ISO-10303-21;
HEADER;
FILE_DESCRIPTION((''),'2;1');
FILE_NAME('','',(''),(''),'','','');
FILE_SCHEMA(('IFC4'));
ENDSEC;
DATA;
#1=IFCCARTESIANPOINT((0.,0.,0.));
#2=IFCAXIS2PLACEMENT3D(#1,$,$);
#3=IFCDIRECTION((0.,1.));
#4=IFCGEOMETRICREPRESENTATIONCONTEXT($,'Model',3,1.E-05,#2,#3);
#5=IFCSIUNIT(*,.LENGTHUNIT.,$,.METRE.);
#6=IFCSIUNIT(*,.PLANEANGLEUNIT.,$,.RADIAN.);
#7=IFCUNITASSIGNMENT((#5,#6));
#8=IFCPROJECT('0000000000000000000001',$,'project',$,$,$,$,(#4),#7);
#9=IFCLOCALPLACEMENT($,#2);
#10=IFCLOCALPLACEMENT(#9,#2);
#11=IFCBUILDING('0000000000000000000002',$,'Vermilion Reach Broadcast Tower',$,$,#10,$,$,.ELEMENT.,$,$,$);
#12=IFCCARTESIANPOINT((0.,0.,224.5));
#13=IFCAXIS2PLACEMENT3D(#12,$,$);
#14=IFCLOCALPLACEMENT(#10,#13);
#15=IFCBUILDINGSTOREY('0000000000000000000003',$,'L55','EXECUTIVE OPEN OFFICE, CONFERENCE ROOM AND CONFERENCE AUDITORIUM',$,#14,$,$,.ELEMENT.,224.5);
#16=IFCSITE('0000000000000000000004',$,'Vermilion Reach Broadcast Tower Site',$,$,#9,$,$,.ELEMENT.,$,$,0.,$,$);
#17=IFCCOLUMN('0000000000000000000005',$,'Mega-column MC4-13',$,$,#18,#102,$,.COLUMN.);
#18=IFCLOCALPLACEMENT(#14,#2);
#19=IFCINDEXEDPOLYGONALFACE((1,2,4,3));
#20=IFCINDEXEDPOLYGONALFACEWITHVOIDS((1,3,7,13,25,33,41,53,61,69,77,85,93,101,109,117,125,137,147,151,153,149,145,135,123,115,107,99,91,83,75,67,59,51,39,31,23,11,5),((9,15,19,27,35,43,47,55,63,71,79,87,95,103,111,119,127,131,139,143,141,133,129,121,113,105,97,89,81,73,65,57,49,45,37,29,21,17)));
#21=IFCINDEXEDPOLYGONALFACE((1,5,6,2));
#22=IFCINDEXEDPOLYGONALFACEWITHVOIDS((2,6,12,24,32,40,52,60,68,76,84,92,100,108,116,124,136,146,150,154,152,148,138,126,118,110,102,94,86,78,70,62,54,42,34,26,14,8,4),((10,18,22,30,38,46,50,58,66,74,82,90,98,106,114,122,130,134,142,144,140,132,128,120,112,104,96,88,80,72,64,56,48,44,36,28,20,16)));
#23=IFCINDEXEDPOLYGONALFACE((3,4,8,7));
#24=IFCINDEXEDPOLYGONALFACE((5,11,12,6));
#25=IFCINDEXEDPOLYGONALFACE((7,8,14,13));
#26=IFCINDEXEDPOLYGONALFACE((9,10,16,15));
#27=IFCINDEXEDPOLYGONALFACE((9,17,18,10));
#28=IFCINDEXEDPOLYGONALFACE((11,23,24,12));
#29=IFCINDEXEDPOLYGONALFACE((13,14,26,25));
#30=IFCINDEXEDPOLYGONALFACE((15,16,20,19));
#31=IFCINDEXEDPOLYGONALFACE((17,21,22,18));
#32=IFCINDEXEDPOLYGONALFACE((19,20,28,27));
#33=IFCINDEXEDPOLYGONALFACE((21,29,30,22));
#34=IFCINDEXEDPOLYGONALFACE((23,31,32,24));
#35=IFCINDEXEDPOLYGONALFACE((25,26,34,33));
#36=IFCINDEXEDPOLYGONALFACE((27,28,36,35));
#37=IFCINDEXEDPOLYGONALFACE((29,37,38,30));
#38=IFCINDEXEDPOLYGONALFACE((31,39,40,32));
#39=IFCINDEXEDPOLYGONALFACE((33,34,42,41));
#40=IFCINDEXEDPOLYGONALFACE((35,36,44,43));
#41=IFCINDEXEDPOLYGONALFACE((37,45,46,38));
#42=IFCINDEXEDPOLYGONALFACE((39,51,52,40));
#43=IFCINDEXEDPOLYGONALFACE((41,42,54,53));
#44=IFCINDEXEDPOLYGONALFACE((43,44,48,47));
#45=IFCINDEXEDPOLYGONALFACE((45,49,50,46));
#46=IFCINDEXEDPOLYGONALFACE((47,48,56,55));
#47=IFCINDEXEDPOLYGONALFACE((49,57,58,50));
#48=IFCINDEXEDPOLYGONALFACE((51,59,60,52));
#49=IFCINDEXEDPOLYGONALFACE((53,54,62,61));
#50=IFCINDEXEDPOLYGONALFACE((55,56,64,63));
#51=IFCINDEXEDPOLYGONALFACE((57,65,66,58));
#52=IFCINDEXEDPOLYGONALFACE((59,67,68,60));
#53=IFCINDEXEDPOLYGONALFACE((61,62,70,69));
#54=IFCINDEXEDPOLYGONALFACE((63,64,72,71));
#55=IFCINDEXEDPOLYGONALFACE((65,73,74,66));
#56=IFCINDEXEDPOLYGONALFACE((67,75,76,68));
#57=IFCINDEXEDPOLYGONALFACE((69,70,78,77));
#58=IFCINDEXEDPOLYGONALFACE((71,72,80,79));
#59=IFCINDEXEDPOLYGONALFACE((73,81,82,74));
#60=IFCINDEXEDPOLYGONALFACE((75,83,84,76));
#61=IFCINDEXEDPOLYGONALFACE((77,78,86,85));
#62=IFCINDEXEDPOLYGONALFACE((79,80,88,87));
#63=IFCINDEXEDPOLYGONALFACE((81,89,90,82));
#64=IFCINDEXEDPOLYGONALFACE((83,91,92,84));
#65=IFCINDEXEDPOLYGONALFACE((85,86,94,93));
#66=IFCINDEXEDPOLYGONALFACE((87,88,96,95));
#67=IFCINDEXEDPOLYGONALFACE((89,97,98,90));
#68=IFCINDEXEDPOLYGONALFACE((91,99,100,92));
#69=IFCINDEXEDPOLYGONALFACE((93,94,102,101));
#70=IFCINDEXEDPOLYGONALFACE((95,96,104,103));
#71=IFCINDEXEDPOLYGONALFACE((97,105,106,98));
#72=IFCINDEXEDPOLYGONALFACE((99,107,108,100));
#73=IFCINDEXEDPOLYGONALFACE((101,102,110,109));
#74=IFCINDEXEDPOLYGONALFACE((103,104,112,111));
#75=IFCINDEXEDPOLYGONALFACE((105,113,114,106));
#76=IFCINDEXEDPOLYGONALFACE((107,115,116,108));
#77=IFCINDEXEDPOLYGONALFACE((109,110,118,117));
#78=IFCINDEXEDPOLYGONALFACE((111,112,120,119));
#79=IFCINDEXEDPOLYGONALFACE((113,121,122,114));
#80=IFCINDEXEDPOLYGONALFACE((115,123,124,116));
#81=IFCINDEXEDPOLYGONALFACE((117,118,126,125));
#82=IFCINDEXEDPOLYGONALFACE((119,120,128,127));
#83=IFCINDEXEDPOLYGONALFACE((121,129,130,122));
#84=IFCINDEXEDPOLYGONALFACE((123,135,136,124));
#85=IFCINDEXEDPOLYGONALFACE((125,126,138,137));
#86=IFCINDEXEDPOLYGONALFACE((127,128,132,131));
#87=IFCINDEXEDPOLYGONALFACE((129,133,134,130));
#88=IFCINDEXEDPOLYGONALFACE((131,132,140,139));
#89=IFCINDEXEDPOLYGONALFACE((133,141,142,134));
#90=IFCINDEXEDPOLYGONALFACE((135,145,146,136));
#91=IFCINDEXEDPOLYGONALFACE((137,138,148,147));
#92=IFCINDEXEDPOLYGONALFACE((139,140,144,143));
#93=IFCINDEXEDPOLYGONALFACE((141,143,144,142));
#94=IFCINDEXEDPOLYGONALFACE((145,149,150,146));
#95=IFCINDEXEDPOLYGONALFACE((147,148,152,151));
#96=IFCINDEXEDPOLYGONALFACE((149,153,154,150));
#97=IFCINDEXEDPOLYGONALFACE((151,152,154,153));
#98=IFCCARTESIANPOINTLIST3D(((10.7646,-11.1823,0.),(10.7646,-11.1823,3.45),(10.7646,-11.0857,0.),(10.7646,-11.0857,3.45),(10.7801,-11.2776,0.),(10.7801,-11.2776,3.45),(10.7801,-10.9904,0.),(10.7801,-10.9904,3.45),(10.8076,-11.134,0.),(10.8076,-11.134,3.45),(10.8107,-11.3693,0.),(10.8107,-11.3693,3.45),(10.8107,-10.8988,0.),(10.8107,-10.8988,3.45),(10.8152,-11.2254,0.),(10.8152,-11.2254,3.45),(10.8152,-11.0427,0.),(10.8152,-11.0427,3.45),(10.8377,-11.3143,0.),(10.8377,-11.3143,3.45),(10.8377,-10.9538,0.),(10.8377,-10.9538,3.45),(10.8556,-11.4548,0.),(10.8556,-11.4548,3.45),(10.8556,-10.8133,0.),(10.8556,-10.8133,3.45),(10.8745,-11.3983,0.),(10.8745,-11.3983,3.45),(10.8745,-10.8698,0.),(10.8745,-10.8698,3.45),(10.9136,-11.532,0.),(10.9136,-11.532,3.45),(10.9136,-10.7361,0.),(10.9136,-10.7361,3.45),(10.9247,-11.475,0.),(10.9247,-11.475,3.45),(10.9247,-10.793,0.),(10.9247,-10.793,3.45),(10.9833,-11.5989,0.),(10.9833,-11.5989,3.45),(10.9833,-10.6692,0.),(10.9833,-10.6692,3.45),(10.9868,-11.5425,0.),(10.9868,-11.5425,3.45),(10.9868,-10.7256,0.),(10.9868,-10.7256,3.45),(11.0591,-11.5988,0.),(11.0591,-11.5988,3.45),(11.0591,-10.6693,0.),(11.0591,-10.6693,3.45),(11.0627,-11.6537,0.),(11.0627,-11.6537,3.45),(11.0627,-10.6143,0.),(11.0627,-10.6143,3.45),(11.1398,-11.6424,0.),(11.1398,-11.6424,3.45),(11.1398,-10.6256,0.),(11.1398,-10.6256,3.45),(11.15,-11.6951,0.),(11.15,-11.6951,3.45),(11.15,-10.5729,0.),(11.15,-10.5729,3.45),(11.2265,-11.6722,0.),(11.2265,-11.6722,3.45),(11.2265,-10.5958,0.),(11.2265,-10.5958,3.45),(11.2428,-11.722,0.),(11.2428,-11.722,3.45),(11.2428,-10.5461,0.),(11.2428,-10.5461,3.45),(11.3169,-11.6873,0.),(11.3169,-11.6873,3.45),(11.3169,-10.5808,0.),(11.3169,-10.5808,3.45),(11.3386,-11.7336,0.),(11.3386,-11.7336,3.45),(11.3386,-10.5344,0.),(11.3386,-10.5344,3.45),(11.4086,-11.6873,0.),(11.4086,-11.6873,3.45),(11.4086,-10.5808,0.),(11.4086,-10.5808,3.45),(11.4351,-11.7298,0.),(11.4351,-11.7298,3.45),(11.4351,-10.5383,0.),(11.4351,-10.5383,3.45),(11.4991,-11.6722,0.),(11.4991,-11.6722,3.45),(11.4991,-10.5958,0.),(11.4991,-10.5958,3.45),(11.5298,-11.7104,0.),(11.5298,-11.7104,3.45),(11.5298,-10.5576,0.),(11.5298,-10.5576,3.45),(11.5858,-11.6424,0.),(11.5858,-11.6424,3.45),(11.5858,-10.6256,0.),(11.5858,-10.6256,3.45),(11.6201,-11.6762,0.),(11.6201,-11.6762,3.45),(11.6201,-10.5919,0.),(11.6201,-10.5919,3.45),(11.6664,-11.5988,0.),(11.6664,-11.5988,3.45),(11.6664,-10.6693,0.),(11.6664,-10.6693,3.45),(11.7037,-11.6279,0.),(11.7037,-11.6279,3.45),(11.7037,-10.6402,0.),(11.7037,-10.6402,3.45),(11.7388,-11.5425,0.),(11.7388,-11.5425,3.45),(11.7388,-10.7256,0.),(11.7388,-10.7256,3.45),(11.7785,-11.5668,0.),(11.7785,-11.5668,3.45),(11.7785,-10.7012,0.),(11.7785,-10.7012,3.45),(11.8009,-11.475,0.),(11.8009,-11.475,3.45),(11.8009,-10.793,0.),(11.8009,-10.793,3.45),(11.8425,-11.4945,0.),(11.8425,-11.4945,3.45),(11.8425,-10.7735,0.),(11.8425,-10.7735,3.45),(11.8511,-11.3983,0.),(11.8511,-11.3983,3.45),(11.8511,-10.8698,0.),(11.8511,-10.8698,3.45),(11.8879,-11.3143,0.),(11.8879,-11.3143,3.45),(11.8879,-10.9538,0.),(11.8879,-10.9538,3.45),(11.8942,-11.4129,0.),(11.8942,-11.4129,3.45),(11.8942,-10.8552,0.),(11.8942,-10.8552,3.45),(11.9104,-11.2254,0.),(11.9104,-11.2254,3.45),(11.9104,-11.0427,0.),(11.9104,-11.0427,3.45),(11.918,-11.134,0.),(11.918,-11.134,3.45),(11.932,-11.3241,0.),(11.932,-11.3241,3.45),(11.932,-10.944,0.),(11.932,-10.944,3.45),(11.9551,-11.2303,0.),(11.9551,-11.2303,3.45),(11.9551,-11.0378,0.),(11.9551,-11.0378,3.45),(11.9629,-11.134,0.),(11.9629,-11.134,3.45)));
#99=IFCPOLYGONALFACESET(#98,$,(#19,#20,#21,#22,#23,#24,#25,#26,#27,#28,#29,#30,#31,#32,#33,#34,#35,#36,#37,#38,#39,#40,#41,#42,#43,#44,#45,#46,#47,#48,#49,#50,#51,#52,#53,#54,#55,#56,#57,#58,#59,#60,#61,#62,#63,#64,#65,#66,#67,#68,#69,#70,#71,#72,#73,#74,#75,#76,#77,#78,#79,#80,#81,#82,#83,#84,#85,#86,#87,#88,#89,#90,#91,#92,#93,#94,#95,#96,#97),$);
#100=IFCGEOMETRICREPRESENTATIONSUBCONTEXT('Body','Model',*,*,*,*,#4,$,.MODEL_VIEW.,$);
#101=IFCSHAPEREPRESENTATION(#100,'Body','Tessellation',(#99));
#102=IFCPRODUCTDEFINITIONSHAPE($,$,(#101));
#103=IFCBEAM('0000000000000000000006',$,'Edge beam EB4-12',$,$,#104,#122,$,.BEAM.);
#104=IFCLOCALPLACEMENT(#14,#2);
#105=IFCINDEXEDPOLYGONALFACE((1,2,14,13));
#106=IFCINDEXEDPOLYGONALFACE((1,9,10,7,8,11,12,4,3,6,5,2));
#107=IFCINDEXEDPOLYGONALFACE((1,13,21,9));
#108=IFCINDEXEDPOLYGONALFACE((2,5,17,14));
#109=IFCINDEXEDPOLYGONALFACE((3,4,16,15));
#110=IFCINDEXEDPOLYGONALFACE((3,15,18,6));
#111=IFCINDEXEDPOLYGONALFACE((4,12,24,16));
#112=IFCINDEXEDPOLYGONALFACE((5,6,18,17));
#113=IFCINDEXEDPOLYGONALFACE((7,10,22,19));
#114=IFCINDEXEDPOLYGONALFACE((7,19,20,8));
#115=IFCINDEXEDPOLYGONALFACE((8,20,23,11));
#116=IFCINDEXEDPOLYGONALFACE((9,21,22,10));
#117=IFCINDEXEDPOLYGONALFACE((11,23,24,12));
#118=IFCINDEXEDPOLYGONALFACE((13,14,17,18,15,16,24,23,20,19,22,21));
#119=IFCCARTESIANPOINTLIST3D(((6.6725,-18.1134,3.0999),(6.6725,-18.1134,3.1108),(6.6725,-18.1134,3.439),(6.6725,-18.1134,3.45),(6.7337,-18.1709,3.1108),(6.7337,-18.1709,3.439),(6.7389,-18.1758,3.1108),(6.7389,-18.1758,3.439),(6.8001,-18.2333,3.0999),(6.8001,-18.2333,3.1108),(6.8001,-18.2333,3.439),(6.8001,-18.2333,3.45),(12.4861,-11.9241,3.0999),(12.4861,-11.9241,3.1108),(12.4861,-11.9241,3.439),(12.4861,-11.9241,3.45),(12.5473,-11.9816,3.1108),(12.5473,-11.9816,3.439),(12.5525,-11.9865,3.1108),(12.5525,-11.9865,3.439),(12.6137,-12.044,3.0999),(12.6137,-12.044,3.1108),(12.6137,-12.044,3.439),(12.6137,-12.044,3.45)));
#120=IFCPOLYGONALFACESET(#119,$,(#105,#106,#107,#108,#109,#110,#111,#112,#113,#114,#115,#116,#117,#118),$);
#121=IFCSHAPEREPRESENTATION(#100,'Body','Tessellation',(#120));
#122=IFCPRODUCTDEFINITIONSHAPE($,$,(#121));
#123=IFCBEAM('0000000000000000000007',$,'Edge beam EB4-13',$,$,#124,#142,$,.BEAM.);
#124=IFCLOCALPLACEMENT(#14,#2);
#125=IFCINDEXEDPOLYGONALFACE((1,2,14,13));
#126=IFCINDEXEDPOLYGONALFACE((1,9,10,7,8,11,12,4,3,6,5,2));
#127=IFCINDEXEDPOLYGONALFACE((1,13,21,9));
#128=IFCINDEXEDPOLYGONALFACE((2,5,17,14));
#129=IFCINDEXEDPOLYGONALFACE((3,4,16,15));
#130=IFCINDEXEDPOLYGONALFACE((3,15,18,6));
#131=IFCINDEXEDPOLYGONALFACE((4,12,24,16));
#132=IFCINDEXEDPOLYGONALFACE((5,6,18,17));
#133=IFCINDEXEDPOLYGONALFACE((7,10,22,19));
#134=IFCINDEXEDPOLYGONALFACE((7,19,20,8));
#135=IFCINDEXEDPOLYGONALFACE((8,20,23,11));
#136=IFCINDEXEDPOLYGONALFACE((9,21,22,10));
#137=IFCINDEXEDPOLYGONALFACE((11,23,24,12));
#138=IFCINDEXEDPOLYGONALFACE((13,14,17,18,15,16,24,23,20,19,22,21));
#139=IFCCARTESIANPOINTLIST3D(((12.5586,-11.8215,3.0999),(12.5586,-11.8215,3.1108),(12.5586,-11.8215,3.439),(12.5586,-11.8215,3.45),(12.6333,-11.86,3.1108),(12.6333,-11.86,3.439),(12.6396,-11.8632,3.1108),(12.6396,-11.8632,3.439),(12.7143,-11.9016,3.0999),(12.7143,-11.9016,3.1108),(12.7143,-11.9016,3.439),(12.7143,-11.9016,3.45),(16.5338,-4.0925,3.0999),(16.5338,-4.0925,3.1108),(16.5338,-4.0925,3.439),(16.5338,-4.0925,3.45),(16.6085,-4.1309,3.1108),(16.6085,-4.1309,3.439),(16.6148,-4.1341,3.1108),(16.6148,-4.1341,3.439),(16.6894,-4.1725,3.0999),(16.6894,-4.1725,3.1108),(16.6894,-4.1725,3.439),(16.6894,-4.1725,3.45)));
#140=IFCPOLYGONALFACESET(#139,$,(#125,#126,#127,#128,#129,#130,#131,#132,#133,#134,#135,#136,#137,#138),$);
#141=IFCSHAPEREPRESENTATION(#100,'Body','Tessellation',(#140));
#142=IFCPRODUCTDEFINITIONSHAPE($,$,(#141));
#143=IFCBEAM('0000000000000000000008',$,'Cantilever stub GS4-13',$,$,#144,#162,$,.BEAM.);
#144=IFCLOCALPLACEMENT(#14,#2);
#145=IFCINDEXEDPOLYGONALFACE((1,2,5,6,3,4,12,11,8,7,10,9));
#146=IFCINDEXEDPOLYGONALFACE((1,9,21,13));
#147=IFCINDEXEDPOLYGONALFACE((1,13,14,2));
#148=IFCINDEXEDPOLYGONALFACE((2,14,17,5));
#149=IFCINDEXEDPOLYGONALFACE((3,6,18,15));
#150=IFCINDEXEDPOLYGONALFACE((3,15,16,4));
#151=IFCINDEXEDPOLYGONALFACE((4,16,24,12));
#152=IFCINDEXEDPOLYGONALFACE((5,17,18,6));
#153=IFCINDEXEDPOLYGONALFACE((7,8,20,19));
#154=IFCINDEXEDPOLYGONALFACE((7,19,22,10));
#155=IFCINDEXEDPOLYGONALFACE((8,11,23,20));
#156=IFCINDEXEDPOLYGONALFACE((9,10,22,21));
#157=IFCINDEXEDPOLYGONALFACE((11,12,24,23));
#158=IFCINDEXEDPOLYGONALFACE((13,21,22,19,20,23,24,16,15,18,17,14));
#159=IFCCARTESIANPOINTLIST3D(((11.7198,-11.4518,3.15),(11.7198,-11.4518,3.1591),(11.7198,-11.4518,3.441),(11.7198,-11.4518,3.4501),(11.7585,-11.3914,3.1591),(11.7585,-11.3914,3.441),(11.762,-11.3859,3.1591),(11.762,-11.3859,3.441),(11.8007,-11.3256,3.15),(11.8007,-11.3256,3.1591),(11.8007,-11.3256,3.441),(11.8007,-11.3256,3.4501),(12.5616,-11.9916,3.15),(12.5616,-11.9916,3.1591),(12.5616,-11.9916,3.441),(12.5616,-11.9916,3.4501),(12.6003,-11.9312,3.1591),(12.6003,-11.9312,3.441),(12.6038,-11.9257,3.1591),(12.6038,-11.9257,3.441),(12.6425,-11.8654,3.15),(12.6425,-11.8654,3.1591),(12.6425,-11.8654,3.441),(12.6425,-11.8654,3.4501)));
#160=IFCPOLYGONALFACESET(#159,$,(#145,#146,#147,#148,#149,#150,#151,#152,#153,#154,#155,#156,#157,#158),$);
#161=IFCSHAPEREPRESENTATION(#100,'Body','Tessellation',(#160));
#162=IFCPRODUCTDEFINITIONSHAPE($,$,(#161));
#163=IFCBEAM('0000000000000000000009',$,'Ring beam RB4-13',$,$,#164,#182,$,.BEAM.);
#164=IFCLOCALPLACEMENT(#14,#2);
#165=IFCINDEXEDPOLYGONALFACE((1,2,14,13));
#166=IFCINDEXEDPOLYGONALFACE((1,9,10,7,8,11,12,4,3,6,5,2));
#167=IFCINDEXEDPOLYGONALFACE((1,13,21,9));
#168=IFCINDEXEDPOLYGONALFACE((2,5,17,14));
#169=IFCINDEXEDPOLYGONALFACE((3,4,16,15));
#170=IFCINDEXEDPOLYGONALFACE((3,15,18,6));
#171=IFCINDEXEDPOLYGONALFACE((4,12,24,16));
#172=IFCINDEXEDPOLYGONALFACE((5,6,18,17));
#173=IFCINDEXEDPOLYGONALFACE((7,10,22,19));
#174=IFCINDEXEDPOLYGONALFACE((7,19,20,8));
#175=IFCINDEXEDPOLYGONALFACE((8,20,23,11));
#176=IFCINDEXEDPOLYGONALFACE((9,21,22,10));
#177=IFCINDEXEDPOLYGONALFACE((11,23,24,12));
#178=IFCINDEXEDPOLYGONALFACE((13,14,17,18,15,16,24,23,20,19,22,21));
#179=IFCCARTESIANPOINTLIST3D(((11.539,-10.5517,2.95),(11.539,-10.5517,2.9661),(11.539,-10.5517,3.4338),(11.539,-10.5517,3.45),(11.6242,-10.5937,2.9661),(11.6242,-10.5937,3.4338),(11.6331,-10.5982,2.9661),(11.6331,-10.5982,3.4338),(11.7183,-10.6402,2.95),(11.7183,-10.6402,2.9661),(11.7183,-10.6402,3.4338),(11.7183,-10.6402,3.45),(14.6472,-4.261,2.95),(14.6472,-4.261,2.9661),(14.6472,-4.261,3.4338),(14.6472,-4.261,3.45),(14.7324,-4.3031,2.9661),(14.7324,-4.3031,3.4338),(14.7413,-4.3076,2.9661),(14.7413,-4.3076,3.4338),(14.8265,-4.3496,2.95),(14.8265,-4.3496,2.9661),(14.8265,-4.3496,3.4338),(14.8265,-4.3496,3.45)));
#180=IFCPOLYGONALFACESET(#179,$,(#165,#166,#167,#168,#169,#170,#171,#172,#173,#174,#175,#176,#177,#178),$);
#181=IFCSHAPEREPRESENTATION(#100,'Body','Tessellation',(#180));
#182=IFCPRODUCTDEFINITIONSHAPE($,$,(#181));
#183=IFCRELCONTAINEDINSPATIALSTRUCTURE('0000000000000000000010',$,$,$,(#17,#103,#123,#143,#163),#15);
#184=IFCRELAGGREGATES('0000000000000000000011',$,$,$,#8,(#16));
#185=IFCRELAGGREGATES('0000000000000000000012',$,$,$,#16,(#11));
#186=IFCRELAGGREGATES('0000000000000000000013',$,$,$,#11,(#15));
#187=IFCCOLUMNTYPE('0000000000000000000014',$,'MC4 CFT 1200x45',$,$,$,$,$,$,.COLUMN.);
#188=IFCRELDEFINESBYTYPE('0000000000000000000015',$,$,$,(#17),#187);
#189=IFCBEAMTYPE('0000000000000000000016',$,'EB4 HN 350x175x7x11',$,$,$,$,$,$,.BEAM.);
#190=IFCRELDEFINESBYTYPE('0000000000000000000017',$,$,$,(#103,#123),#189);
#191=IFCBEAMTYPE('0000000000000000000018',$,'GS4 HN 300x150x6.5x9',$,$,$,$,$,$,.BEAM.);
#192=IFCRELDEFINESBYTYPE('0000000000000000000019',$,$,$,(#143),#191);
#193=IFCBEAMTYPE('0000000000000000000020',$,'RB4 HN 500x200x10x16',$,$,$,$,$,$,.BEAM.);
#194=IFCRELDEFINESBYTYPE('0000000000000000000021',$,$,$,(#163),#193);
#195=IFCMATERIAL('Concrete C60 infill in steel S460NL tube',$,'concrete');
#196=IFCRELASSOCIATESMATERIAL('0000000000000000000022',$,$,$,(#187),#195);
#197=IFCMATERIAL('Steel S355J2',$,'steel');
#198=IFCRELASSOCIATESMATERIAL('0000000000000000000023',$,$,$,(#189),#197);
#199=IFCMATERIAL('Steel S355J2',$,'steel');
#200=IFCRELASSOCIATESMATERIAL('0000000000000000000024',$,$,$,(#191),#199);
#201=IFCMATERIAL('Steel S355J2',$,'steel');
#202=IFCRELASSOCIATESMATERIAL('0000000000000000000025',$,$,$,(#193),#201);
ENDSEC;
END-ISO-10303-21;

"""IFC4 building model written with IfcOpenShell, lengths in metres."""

from ifc_helpers import new_model, si_unit, direction, frame, origin, origin_2d, place, context, subcontext, project, spatial, hollow_circle, i_section, extrude, material, material_profile, profile_set, type_object, element, save


model = new_model("IFC4")

# Units and contexts
model_context = context("Model", 3, precision=1e-05, world=origin(), true_north=direction((0.0, 1.0)))
body_context = subcontext(model_context, "Body", "Model", "MODEL_VIEW")
ifc_project = project(units=[si_unit("LENGTHUNIT", "METRE"), si_unit("PLANEANGLEUNIT", "RADIAN")], contexts=[model_context])

# Site, building, storey
site_placement = place(None, origin())
site = spatial("IfcSite", under=ifc_project, at=site_placement, Name="Vermilion Reach Broadcast Tower Site", CompositionType="ELEMENT", RefElevation=0.0)
building_placement = place(site_placement, origin())
building = spatial("IfcBuilding", under=site, at=building_placement, Name="Vermilion Reach Broadcast Tower", CompositionType="ELEMENT")
storey_placement = place(building_placement, frame((0.0, 0.0, 224.5)))
storey = spatial("IfcBuildingStorey", under=building, at=storey_placement, Name="L55", Description="EXECUTIVE OPEN OFFICE, CONFERENCE ROOM AND CONFERENCE AUDITORIUM", CompositionType="ELEMENT", Elevation=224.5)

# Column
ifc_material_1 = material(Name="Concrete C60 infill in steel S460NL tube", Category="concrete")
ifc_material_profile_1 = material_profile(ifc_material_1, hollow_circle(Radius=0.6001, WallThickness=0.0449, at=origin_2d()), Name="Concrete C60 infill in steel S460NL tube CFT 1200x45")
ifc_profile_set_1 = profile_set([ifc_material_profile_1], Name="Concrete C60 infill in steel S460NL tube")
column_type = type_object("IfcColumnType", Name="MC4 CFT 1200x45", PredefinedType="COLUMN", material=ifc_profile_set_1)
column_placement = place(storey_placement, frame((11.3628, -11.134, 0.0), z_axis=(0.0, 0.0, 1.0), x_axis=(1.0, 0.0, 0.0)))
element("IfcColumn", 1, at=column_placement, inside=storey, type_object=column_type, Name="Mega-column MC4-13", PredefinedType="COLUMN", context=body_context, shape_type="SweptSolid", body=[
    extrude(hollow_circle(Radius=0.6001, WallThickness=0.0449, at=origin_2d()), origin(), (0.0, 0.0, 1.0), 3.45),
])

# Beams
ifc_material_2 = material(Name="Steel S355J2", Category="steel")
ifc_material_profile_2 = material_profile(ifc_material_2, i_section(OverallWidth=0.175, OverallDepth=0.3501, WebThickness=0.0071, FlangeThickness=0.011, at=origin_2d()), Name="S355J2 HN 350x175x7x11")
ifc_profile_set_2 = profile_set([ifc_material_profile_2], Name="Steel S355J2")
beam_type_1 = type_object("IfcBeamType", Name="EB4 HN 350x175x7x11", PredefinedType="BEAM", material=ifc_profile_set_2)
beam_1_placement = place(storey_placement, frame((6.7363, -18.1733, 3.2749), z_axis=(0.684636, 0.728885, 0.0), x_axis=(-0.728885, 0.684636, 0.0)))
element("IfcBeam", 2, at=beam_1_placement, inside=storey, type_object=beam_type_1, Name="Edge beam EB4-12", PredefinedType="BEAM", context=body_context, shape_type="SweptSolid", body=[
    extrude(i_section(OverallWidth=0.175, OverallDepth=0.3501, WebThickness=0.0071, FlangeThickness=0.011, at=origin_2d()), origin(), (0.0, 0.0, 1.0), 8.4915),
])
beam_2_placement = place(storey_placement, frame((12.6365, -11.8616, 3.2749), z_axis=(0.457365, 0.889279, 0.0), x_axis=(-0.889279, 0.457365, 0.0)))
element("IfcBeam", 3, at=beam_2_placement, inside=storey, type_object=beam_type_1, Name="Edge beam EB4-13", PredefinedType="BEAM", context=body_context, shape_type="SweptSolid", body=[
    extrude(i_section(OverallWidth=0.175, OverallDepth=0.3501, WebThickness=0.0071, FlangeThickness=0.011, at=origin_2d()), origin(), (0.0, 0.0, 1.0), 8.6914),
])
ifc_material_3 = material(Name="Steel S355J2", Category="steel")
ifc_material_profile_3 = material_profile(ifc_material_3, i_section(OverallWidth=0.1499, OverallDepth=0.3, WebThickness=0.0066, FlangeThickness=0.009, at=origin_2d()), Name="S355J2 HN 300x150x6.5x9")
ifc_profile_set_3 = profile_set([ifc_material_profile_3], Name="Steel S355J2")
beam_type_2 = type_object("IfcBeamType", Name="GS4 HN 300x150x6.5x9", PredefinedType="BEAM", material=ifc_profile_set_3)
beam_3_placement = place(storey_placement, frame((11.7603, -11.3887, 3.3), z_axis=(0.841797, -0.539795, 0.0), x_axis=(0.539795, 0.841797, 0.0)))
element("IfcBeam", 4, at=beam_3_placement, inside=storey, type_object=beam_type_2, Name="Cantilever stub GS4-13", PredefinedType="BEAM", context=body_context, shape_type="SweptSolid", body=[
    extrude(i_section(OverallWidth=0.1499, OverallDepth=0.3, WebThickness=0.0066, FlangeThickness=0.009, at=origin_2d()), origin(), (0.0, 0.0, 1.0), 1.0),
])
ifc_material_4 = material(Name="Steel S355J2", Category="steel")
ifc_material_profile_4 = material_profile(ifc_material_4, i_section(OverallWidth=0.2, OverallDepth=0.5, WebThickness=0.01, FlangeThickness=0.0161, at=origin_2d()), Name="S355J2 HN 500x200x10x16")
ifc_profile_set_4 = profile_set([ifc_material_profile_4], Name="Steel S355J2")
beam_type_3 = type_object("IfcBeamType", Name="RB4 HN 500x200x10x16", PredefinedType="BEAM", material=ifc_profile_set_4)
beam_4_placement = place(storey_placement, frame((11.6287, -10.5959, 3.2), z_axis=(0.442977, 0.896533, 0.0), x_axis=(-0.896533, 0.442977, 0.0)))
element("IfcBeam", 5, at=beam_4_placement, inside=storey, type_object=beam_type_3, Name="Ring beam RB4-13", PredefinedType="BEAM", context=body_context, shape_type="SweptSolid", body=[
    extrude(i_section(OverallWidth=0.2, OverallDepth=0.5, WebThickness=0.01, FlangeThickness=0.0161, at=origin_2d()), origin(), (0.0, 0.0, 1.0), 7.0166),
])

save(model, "model.ifc")
